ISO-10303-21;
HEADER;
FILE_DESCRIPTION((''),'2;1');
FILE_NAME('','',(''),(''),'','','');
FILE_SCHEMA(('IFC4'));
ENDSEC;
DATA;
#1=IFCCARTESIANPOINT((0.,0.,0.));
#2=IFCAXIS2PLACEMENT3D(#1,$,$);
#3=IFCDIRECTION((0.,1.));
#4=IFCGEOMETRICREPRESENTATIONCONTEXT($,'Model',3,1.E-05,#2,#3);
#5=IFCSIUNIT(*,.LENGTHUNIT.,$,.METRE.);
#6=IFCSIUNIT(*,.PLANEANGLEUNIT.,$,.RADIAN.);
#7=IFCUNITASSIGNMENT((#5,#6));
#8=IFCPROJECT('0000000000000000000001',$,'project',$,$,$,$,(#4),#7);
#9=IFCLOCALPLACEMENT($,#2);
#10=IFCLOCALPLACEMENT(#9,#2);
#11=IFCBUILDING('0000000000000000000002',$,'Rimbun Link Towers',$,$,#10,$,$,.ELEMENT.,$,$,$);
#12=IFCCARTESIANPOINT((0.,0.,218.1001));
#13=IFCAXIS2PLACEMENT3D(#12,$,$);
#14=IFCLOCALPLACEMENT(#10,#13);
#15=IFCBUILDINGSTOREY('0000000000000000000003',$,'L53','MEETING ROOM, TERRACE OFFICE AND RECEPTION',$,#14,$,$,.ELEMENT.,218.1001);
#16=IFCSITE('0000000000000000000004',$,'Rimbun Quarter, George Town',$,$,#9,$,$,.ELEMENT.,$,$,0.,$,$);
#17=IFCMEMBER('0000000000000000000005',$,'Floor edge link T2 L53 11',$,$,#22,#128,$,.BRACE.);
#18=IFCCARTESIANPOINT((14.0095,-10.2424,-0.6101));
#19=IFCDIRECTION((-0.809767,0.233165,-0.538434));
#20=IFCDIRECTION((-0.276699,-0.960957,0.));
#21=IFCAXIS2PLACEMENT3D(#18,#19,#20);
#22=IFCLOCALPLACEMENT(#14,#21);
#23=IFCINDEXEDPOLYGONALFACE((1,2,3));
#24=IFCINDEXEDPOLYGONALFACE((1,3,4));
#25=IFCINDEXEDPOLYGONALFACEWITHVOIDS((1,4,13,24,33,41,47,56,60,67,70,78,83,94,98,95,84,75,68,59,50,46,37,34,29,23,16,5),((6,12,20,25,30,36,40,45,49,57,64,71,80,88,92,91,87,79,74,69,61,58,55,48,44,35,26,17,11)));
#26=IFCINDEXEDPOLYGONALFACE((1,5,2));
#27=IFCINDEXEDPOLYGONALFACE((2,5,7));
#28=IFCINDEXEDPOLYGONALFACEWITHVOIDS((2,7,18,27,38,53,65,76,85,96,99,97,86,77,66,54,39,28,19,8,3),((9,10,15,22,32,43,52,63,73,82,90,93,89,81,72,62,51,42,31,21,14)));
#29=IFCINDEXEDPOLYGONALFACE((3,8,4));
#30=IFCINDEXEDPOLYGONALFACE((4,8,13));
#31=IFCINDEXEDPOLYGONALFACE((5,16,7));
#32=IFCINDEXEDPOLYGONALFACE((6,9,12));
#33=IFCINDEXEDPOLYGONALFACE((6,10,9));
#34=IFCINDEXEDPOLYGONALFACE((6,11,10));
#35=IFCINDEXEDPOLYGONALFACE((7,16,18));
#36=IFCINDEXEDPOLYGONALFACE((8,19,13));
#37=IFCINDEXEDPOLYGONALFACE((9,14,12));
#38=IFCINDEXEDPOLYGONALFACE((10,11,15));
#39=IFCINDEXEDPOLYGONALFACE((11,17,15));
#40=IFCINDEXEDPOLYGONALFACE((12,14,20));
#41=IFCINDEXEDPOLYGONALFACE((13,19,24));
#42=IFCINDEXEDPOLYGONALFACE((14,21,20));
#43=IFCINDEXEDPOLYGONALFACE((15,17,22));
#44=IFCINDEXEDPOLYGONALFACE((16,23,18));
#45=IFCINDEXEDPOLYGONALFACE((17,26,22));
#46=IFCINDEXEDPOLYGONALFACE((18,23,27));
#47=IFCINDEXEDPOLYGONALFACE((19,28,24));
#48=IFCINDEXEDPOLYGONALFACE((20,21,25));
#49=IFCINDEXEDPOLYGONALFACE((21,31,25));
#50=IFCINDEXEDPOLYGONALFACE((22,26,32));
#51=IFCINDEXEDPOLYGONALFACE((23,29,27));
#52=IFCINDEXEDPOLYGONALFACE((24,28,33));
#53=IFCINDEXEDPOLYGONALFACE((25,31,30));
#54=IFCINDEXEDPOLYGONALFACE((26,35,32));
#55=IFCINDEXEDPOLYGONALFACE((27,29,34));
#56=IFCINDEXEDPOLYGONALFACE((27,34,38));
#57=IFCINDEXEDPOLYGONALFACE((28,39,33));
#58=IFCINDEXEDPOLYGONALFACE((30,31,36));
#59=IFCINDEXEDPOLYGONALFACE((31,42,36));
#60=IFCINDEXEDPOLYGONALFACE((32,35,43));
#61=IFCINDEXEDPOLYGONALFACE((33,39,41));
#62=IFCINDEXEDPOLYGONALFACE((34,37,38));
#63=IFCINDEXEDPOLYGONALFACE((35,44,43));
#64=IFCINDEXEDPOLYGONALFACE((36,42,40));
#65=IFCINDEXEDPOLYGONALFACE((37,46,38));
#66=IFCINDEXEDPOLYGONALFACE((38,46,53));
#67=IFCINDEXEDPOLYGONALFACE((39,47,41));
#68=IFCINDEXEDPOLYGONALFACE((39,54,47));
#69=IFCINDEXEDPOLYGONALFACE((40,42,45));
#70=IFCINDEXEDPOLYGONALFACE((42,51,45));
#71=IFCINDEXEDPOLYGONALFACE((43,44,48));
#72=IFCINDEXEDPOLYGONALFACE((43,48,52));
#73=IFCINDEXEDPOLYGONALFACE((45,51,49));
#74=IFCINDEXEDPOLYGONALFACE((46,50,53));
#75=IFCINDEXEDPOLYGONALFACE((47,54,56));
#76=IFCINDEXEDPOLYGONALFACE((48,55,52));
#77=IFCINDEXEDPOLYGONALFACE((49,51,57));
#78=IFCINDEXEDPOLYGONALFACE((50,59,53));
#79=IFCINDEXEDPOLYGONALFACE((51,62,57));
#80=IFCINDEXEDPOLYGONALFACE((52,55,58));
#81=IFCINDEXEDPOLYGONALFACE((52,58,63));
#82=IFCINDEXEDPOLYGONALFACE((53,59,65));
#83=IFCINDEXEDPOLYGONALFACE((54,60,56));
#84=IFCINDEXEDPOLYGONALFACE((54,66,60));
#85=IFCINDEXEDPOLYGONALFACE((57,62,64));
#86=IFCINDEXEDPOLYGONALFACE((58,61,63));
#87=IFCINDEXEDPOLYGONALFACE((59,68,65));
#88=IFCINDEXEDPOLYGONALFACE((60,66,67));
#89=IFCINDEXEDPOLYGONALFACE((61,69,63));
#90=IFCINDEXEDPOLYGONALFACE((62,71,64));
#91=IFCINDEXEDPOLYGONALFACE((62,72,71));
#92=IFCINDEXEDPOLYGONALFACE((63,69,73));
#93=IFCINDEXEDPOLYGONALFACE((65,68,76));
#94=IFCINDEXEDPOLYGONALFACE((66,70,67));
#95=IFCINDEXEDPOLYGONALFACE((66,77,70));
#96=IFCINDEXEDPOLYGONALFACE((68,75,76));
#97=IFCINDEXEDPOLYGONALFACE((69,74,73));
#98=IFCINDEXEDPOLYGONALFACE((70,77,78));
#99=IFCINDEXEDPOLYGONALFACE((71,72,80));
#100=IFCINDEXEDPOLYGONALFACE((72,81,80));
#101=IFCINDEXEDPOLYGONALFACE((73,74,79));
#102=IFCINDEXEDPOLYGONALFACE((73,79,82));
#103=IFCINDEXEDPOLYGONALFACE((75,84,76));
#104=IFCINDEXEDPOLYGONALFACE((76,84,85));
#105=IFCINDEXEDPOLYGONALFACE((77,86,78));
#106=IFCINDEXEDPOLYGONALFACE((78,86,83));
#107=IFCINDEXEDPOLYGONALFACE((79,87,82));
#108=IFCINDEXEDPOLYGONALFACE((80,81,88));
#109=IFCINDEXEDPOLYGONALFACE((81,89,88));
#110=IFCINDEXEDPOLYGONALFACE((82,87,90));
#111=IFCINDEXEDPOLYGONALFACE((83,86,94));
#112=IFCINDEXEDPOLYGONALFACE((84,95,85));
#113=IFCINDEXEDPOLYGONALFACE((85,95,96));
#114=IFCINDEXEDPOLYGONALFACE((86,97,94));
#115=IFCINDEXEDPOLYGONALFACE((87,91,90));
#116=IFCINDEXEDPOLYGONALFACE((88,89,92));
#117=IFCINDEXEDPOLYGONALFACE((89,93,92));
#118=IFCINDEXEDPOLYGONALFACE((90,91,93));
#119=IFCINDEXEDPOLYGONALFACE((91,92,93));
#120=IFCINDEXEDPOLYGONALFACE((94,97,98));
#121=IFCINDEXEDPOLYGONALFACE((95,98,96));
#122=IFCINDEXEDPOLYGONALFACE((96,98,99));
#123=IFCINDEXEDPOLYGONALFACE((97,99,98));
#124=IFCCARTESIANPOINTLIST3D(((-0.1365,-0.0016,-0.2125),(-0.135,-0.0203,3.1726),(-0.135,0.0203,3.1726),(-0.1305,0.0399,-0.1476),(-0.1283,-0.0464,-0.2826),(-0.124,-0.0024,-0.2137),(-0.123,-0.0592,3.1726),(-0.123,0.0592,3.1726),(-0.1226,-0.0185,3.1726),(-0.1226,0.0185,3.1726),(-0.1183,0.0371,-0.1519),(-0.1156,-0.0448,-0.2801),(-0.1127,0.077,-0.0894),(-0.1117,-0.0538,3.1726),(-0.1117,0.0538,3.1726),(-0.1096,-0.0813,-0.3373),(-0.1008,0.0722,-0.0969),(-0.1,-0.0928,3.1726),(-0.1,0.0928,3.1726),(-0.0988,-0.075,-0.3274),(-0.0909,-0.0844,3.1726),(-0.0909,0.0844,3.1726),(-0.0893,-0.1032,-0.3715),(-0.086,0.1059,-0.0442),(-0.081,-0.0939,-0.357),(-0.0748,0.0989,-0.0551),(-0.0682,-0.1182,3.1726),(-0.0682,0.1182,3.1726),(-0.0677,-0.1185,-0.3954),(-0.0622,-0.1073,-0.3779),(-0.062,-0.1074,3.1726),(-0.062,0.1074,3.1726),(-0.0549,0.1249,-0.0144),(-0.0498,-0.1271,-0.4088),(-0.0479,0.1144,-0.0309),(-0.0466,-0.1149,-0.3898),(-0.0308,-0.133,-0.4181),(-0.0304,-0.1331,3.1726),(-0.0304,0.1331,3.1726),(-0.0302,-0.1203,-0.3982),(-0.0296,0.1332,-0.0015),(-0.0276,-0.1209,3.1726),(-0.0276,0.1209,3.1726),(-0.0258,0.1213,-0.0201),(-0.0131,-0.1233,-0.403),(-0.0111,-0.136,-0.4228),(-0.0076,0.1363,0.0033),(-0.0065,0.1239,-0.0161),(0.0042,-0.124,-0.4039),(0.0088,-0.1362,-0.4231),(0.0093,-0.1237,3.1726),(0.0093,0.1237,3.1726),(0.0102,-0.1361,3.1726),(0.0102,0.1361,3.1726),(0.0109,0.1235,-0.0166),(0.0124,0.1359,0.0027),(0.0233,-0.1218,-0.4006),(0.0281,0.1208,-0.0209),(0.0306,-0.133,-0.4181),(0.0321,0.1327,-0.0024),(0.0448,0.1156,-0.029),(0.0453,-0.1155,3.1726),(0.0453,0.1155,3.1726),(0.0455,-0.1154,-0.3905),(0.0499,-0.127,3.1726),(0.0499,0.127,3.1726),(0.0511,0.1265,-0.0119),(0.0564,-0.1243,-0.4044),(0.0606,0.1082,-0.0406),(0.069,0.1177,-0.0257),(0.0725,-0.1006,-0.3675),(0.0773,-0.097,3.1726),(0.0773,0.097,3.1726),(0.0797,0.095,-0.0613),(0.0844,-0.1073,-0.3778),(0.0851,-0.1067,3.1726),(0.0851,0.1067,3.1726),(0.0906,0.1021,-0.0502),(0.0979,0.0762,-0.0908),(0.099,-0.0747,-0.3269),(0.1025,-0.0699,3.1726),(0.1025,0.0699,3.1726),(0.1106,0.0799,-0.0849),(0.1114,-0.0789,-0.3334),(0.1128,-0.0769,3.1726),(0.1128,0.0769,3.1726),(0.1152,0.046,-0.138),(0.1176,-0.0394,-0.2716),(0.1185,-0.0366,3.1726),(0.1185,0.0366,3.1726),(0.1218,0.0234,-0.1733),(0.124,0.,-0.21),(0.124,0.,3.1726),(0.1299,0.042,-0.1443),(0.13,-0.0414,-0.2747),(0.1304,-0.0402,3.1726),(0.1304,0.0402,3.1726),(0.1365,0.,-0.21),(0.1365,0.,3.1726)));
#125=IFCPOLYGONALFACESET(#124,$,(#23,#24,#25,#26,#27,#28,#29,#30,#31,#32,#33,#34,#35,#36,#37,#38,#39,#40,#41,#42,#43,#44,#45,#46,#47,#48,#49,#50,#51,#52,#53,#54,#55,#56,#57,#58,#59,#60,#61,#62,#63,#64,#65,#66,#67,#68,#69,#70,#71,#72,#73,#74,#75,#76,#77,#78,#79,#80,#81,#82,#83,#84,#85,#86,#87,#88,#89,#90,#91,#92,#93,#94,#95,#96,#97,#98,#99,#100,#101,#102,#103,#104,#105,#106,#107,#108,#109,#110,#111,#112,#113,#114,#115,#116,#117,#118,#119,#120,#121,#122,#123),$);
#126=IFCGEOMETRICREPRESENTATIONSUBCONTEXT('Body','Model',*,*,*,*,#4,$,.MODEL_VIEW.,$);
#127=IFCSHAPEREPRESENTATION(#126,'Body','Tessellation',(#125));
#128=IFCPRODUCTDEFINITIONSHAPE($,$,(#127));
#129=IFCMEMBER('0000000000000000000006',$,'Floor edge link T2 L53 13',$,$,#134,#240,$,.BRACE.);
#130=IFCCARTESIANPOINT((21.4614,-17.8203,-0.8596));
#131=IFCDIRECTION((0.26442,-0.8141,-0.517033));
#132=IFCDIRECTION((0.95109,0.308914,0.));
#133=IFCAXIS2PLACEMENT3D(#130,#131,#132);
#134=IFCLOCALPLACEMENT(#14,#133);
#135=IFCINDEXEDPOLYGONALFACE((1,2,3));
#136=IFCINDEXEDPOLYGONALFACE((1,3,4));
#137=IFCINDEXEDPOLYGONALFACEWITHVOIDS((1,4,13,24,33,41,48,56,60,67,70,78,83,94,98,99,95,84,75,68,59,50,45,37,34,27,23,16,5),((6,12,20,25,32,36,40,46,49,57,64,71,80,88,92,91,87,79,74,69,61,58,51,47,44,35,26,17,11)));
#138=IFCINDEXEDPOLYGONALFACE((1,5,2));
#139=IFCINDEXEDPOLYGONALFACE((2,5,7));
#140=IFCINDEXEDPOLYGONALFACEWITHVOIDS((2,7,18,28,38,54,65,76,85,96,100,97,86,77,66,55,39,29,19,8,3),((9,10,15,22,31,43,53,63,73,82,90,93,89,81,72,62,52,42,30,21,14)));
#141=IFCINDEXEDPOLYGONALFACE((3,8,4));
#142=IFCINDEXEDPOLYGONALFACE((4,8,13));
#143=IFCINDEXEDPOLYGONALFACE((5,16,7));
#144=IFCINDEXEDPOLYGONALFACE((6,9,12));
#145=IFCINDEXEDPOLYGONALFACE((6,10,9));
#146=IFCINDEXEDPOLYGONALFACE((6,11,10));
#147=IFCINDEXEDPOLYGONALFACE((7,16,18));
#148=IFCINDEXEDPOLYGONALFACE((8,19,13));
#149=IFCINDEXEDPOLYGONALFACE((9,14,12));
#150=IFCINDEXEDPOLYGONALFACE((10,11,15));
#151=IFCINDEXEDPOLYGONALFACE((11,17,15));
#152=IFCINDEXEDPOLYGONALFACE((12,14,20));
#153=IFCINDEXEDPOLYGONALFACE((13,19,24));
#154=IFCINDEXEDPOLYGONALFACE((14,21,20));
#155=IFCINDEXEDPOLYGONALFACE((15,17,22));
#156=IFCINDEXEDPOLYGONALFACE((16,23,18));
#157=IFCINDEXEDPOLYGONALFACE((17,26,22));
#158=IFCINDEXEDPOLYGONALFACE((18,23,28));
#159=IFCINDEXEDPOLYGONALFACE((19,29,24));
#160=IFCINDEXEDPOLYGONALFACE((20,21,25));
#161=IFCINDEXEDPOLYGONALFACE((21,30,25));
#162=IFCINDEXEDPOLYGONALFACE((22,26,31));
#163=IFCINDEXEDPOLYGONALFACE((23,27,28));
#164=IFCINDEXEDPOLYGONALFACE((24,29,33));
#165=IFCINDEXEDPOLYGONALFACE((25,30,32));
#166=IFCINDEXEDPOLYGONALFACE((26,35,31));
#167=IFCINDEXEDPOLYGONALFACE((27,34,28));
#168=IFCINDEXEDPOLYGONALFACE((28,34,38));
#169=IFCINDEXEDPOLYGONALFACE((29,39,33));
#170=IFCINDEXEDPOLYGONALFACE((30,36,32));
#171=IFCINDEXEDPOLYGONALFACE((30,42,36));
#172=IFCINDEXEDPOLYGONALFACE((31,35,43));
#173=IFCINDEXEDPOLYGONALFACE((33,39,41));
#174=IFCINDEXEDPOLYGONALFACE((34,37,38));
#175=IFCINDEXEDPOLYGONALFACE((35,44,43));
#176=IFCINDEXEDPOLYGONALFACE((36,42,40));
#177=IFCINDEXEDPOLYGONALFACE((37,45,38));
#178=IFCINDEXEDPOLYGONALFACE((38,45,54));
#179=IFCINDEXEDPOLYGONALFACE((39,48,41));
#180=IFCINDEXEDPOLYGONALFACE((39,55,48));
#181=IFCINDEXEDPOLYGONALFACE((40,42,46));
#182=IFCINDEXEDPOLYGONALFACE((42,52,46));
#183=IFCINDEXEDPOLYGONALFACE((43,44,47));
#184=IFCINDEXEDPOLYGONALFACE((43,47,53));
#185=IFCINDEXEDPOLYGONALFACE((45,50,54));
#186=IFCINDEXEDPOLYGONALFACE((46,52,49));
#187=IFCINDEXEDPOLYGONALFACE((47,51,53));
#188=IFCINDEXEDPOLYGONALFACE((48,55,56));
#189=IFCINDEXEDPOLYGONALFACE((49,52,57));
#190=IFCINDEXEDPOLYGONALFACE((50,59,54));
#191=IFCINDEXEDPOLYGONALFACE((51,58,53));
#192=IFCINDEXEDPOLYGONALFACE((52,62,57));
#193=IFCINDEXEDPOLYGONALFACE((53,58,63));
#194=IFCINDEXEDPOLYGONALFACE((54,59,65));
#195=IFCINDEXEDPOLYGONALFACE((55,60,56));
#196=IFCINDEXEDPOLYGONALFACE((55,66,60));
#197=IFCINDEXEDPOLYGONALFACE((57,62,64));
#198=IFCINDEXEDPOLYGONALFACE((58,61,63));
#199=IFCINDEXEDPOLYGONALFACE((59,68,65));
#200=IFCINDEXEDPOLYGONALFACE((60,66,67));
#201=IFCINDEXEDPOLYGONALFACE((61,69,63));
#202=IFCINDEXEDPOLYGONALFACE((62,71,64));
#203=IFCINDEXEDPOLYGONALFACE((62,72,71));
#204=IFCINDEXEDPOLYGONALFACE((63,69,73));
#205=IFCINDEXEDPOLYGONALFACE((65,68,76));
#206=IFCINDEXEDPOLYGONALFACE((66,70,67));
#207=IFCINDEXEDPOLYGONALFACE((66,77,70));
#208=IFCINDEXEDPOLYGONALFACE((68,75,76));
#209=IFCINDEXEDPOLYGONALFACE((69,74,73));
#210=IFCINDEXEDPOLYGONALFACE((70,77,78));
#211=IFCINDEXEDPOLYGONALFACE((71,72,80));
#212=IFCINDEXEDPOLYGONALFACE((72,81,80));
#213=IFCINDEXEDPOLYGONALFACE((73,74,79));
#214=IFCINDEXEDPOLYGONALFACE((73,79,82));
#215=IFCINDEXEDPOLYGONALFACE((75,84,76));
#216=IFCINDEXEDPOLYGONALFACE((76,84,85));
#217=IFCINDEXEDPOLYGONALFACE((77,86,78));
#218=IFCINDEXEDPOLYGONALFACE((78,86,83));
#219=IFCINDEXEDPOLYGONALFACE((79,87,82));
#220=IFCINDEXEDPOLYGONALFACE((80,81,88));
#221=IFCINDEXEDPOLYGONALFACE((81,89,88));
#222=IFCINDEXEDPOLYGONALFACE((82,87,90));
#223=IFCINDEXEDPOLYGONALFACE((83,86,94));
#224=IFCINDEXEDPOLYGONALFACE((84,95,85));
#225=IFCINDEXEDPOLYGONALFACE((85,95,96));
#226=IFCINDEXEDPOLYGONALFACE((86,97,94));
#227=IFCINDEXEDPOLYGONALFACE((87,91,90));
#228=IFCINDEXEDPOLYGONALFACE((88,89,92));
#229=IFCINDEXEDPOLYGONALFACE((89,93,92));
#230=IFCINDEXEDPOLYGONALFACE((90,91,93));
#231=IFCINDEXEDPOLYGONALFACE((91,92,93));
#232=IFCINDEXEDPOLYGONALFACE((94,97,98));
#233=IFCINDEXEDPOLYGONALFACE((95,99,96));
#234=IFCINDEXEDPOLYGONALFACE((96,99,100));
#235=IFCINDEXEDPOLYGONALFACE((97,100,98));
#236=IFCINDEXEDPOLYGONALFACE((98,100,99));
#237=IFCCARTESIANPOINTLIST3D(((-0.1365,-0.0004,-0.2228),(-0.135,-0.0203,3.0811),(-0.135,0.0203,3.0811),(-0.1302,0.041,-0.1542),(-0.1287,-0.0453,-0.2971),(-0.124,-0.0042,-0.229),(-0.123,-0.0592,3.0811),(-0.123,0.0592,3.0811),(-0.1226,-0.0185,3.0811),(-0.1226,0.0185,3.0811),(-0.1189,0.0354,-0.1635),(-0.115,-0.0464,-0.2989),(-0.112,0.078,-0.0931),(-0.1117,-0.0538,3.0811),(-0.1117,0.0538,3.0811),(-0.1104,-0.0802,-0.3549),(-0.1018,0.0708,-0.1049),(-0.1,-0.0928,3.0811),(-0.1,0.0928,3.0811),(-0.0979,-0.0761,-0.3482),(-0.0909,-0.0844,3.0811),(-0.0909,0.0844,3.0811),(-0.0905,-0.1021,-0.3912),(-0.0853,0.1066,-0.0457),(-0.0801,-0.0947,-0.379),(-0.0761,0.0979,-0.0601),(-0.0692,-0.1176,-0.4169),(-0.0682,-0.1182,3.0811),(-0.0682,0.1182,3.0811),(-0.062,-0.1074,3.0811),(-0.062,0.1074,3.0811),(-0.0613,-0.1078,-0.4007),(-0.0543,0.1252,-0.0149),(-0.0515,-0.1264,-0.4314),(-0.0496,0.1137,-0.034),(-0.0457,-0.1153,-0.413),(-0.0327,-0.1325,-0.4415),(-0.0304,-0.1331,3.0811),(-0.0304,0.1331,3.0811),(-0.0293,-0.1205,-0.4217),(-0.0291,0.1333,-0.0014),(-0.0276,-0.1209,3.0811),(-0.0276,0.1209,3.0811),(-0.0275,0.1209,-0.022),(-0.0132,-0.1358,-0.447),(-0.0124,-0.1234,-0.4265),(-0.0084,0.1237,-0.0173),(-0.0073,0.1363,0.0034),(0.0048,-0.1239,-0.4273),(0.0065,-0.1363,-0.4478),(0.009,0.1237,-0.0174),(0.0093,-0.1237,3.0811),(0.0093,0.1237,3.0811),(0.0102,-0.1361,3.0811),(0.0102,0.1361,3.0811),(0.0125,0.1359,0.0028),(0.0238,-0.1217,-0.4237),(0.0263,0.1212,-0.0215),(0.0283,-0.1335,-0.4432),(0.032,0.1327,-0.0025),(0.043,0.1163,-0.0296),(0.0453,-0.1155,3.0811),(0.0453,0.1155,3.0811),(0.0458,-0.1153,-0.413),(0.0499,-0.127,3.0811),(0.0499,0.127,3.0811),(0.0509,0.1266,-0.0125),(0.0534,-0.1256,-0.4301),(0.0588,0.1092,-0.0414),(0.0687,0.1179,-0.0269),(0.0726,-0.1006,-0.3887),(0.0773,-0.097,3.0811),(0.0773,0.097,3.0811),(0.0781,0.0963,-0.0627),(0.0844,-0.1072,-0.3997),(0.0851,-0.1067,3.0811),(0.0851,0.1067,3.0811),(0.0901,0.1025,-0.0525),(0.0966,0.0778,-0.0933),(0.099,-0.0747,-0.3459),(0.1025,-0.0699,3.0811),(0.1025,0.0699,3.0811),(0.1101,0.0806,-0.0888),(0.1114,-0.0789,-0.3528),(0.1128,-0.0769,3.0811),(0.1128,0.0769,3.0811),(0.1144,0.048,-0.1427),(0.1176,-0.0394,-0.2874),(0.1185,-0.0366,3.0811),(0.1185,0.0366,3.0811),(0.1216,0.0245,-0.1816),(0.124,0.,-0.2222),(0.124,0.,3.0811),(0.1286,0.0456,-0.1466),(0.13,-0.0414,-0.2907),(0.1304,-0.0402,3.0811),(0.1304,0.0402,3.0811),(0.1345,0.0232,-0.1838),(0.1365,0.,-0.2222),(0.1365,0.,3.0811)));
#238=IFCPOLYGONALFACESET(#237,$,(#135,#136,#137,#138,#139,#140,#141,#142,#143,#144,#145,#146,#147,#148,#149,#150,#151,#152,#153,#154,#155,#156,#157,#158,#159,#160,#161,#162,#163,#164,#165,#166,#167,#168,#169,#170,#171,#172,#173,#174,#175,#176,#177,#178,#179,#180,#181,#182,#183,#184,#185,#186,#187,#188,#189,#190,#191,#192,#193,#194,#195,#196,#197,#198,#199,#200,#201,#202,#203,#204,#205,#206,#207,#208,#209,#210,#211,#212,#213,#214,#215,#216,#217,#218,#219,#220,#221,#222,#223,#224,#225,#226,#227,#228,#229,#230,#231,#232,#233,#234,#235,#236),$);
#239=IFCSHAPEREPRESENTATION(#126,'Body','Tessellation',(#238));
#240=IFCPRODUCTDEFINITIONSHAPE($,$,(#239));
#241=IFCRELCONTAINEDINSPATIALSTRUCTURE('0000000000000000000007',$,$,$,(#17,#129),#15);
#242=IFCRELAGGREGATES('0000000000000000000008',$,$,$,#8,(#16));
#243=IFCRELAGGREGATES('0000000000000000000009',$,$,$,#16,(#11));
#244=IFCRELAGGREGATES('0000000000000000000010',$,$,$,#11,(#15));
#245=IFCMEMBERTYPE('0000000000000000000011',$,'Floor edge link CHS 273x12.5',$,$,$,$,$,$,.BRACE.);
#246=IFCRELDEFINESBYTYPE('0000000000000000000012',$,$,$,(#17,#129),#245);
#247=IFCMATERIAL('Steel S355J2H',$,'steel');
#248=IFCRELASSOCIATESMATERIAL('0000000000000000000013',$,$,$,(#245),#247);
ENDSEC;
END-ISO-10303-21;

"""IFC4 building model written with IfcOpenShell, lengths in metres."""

from ifc_helpers import new_model, si_unit, direction, frame, origin, origin_2d, place, context, subcontext, project, spatial, hollow_circle, extrude, clip, halfspace, material, material_profile, profile_set, type_object, element, save


model = new_model("IFC4")

# Units and contexts
model_context = context("Model", 3, precision=1e-05, world=origin(), true_north=direction((0.0, 1.0)))
body_context = subcontext(model_context, "Body", "Model", "MODEL_VIEW")
ifc_project = project(units=[si_unit("LENGTHUNIT", "METRE"), si_unit("PLANEANGLEUNIT", "RADIAN")], contexts=[model_context])

# Site, building, storey
site_placement = place(None, origin())
site = spatial("IfcSite", under=ifc_project, at=site_placement, Name="Rimbun Quarter, George Town", CompositionType="ELEMENT", RefElevation=0.0)
building_placement = place(site_placement, origin())
building = spatial("IfcBuilding", under=site, at=building_placement, Name="Rimbun Link Towers", CompositionType="ELEMENT")
storey_placement = place(building_placement, frame((0.0, 0.0, 218.1001)))
storey = spatial("IfcBuildingStorey", under=building, at=storey_placement, Name="L53", Description="MEETING ROOM, TERRACE OFFICE AND RECEPTION", CompositionType="ELEMENT", Elevation=218.1001)

# Members
ifc_material_1 = material(Name="Steel S355J2H", Category="steel")
ifc_material_profile_1 = material_profile(ifc_material_1, hollow_circle(Radius=0.1365, WallThickness=0.0125, at=origin_2d()), Name="CHS 273x12.5")
ifc_profile_set_1 = profile_set([ifc_material_profile_1], Name="Steel S355J2H")
member_type_1 = type_object("IfcMemberType", Name="Floor edge link CHS 273x12.5", PredefinedType="BRACE", material=ifc_profile_set_1)
member_1_placement = place(storey_placement, frame((14.0095, -10.2424, -0.6101), z_axis=(-0.809767, 0.233165, -0.538434), x_axis=(-0.276699, -0.960957, 0.0)))
element("IfcMember", 1, at=member_1_placement, inside=storey, type_object=member_type_1, Name="Floor edge link T2 L53 11", PredefinedType="BRACE", context=body_context, shape_type="Clipping", body=[
    clip(extrude(hollow_circle(Radius=0.1365, WallThickness=0.0125, at=origin_2d()), frame((0.0, 0.0, -0.4458)), (0.0, 0.0, 1.0), 3.6184), halfspace(frame((0.0, 0.0, -0.21), z_axis=(0.0, 0.842668, -0.538434)), False)),
])
member_2_placement = place(storey_placement, frame((21.4614, -17.8203, -0.8596), z_axis=(0.26442, -0.8141, -0.517033), x_axis=(0.95109, 0.308914, 0.0)))
element("IfcMember", 2, at=member_2_placement, inside=storey, type_object=member_type_1, Name="Floor edge link T2 L53 13", PredefinedType="BRACE", context=body_context, shape_type="Clipping", body=[
    clip(extrude(hollow_circle(Radius=0.1365, WallThickness=0.0125, at=origin_2d()), frame((0.0, 0.0, -0.4712)), (0.0, 0.0, 1.0), 3.5522), halfspace(frame((0.0, 0.0, -0.2222), z_axis=(0.0, 0.855965, -0.517033)), False)),
])

save(model, "model.ifc")
